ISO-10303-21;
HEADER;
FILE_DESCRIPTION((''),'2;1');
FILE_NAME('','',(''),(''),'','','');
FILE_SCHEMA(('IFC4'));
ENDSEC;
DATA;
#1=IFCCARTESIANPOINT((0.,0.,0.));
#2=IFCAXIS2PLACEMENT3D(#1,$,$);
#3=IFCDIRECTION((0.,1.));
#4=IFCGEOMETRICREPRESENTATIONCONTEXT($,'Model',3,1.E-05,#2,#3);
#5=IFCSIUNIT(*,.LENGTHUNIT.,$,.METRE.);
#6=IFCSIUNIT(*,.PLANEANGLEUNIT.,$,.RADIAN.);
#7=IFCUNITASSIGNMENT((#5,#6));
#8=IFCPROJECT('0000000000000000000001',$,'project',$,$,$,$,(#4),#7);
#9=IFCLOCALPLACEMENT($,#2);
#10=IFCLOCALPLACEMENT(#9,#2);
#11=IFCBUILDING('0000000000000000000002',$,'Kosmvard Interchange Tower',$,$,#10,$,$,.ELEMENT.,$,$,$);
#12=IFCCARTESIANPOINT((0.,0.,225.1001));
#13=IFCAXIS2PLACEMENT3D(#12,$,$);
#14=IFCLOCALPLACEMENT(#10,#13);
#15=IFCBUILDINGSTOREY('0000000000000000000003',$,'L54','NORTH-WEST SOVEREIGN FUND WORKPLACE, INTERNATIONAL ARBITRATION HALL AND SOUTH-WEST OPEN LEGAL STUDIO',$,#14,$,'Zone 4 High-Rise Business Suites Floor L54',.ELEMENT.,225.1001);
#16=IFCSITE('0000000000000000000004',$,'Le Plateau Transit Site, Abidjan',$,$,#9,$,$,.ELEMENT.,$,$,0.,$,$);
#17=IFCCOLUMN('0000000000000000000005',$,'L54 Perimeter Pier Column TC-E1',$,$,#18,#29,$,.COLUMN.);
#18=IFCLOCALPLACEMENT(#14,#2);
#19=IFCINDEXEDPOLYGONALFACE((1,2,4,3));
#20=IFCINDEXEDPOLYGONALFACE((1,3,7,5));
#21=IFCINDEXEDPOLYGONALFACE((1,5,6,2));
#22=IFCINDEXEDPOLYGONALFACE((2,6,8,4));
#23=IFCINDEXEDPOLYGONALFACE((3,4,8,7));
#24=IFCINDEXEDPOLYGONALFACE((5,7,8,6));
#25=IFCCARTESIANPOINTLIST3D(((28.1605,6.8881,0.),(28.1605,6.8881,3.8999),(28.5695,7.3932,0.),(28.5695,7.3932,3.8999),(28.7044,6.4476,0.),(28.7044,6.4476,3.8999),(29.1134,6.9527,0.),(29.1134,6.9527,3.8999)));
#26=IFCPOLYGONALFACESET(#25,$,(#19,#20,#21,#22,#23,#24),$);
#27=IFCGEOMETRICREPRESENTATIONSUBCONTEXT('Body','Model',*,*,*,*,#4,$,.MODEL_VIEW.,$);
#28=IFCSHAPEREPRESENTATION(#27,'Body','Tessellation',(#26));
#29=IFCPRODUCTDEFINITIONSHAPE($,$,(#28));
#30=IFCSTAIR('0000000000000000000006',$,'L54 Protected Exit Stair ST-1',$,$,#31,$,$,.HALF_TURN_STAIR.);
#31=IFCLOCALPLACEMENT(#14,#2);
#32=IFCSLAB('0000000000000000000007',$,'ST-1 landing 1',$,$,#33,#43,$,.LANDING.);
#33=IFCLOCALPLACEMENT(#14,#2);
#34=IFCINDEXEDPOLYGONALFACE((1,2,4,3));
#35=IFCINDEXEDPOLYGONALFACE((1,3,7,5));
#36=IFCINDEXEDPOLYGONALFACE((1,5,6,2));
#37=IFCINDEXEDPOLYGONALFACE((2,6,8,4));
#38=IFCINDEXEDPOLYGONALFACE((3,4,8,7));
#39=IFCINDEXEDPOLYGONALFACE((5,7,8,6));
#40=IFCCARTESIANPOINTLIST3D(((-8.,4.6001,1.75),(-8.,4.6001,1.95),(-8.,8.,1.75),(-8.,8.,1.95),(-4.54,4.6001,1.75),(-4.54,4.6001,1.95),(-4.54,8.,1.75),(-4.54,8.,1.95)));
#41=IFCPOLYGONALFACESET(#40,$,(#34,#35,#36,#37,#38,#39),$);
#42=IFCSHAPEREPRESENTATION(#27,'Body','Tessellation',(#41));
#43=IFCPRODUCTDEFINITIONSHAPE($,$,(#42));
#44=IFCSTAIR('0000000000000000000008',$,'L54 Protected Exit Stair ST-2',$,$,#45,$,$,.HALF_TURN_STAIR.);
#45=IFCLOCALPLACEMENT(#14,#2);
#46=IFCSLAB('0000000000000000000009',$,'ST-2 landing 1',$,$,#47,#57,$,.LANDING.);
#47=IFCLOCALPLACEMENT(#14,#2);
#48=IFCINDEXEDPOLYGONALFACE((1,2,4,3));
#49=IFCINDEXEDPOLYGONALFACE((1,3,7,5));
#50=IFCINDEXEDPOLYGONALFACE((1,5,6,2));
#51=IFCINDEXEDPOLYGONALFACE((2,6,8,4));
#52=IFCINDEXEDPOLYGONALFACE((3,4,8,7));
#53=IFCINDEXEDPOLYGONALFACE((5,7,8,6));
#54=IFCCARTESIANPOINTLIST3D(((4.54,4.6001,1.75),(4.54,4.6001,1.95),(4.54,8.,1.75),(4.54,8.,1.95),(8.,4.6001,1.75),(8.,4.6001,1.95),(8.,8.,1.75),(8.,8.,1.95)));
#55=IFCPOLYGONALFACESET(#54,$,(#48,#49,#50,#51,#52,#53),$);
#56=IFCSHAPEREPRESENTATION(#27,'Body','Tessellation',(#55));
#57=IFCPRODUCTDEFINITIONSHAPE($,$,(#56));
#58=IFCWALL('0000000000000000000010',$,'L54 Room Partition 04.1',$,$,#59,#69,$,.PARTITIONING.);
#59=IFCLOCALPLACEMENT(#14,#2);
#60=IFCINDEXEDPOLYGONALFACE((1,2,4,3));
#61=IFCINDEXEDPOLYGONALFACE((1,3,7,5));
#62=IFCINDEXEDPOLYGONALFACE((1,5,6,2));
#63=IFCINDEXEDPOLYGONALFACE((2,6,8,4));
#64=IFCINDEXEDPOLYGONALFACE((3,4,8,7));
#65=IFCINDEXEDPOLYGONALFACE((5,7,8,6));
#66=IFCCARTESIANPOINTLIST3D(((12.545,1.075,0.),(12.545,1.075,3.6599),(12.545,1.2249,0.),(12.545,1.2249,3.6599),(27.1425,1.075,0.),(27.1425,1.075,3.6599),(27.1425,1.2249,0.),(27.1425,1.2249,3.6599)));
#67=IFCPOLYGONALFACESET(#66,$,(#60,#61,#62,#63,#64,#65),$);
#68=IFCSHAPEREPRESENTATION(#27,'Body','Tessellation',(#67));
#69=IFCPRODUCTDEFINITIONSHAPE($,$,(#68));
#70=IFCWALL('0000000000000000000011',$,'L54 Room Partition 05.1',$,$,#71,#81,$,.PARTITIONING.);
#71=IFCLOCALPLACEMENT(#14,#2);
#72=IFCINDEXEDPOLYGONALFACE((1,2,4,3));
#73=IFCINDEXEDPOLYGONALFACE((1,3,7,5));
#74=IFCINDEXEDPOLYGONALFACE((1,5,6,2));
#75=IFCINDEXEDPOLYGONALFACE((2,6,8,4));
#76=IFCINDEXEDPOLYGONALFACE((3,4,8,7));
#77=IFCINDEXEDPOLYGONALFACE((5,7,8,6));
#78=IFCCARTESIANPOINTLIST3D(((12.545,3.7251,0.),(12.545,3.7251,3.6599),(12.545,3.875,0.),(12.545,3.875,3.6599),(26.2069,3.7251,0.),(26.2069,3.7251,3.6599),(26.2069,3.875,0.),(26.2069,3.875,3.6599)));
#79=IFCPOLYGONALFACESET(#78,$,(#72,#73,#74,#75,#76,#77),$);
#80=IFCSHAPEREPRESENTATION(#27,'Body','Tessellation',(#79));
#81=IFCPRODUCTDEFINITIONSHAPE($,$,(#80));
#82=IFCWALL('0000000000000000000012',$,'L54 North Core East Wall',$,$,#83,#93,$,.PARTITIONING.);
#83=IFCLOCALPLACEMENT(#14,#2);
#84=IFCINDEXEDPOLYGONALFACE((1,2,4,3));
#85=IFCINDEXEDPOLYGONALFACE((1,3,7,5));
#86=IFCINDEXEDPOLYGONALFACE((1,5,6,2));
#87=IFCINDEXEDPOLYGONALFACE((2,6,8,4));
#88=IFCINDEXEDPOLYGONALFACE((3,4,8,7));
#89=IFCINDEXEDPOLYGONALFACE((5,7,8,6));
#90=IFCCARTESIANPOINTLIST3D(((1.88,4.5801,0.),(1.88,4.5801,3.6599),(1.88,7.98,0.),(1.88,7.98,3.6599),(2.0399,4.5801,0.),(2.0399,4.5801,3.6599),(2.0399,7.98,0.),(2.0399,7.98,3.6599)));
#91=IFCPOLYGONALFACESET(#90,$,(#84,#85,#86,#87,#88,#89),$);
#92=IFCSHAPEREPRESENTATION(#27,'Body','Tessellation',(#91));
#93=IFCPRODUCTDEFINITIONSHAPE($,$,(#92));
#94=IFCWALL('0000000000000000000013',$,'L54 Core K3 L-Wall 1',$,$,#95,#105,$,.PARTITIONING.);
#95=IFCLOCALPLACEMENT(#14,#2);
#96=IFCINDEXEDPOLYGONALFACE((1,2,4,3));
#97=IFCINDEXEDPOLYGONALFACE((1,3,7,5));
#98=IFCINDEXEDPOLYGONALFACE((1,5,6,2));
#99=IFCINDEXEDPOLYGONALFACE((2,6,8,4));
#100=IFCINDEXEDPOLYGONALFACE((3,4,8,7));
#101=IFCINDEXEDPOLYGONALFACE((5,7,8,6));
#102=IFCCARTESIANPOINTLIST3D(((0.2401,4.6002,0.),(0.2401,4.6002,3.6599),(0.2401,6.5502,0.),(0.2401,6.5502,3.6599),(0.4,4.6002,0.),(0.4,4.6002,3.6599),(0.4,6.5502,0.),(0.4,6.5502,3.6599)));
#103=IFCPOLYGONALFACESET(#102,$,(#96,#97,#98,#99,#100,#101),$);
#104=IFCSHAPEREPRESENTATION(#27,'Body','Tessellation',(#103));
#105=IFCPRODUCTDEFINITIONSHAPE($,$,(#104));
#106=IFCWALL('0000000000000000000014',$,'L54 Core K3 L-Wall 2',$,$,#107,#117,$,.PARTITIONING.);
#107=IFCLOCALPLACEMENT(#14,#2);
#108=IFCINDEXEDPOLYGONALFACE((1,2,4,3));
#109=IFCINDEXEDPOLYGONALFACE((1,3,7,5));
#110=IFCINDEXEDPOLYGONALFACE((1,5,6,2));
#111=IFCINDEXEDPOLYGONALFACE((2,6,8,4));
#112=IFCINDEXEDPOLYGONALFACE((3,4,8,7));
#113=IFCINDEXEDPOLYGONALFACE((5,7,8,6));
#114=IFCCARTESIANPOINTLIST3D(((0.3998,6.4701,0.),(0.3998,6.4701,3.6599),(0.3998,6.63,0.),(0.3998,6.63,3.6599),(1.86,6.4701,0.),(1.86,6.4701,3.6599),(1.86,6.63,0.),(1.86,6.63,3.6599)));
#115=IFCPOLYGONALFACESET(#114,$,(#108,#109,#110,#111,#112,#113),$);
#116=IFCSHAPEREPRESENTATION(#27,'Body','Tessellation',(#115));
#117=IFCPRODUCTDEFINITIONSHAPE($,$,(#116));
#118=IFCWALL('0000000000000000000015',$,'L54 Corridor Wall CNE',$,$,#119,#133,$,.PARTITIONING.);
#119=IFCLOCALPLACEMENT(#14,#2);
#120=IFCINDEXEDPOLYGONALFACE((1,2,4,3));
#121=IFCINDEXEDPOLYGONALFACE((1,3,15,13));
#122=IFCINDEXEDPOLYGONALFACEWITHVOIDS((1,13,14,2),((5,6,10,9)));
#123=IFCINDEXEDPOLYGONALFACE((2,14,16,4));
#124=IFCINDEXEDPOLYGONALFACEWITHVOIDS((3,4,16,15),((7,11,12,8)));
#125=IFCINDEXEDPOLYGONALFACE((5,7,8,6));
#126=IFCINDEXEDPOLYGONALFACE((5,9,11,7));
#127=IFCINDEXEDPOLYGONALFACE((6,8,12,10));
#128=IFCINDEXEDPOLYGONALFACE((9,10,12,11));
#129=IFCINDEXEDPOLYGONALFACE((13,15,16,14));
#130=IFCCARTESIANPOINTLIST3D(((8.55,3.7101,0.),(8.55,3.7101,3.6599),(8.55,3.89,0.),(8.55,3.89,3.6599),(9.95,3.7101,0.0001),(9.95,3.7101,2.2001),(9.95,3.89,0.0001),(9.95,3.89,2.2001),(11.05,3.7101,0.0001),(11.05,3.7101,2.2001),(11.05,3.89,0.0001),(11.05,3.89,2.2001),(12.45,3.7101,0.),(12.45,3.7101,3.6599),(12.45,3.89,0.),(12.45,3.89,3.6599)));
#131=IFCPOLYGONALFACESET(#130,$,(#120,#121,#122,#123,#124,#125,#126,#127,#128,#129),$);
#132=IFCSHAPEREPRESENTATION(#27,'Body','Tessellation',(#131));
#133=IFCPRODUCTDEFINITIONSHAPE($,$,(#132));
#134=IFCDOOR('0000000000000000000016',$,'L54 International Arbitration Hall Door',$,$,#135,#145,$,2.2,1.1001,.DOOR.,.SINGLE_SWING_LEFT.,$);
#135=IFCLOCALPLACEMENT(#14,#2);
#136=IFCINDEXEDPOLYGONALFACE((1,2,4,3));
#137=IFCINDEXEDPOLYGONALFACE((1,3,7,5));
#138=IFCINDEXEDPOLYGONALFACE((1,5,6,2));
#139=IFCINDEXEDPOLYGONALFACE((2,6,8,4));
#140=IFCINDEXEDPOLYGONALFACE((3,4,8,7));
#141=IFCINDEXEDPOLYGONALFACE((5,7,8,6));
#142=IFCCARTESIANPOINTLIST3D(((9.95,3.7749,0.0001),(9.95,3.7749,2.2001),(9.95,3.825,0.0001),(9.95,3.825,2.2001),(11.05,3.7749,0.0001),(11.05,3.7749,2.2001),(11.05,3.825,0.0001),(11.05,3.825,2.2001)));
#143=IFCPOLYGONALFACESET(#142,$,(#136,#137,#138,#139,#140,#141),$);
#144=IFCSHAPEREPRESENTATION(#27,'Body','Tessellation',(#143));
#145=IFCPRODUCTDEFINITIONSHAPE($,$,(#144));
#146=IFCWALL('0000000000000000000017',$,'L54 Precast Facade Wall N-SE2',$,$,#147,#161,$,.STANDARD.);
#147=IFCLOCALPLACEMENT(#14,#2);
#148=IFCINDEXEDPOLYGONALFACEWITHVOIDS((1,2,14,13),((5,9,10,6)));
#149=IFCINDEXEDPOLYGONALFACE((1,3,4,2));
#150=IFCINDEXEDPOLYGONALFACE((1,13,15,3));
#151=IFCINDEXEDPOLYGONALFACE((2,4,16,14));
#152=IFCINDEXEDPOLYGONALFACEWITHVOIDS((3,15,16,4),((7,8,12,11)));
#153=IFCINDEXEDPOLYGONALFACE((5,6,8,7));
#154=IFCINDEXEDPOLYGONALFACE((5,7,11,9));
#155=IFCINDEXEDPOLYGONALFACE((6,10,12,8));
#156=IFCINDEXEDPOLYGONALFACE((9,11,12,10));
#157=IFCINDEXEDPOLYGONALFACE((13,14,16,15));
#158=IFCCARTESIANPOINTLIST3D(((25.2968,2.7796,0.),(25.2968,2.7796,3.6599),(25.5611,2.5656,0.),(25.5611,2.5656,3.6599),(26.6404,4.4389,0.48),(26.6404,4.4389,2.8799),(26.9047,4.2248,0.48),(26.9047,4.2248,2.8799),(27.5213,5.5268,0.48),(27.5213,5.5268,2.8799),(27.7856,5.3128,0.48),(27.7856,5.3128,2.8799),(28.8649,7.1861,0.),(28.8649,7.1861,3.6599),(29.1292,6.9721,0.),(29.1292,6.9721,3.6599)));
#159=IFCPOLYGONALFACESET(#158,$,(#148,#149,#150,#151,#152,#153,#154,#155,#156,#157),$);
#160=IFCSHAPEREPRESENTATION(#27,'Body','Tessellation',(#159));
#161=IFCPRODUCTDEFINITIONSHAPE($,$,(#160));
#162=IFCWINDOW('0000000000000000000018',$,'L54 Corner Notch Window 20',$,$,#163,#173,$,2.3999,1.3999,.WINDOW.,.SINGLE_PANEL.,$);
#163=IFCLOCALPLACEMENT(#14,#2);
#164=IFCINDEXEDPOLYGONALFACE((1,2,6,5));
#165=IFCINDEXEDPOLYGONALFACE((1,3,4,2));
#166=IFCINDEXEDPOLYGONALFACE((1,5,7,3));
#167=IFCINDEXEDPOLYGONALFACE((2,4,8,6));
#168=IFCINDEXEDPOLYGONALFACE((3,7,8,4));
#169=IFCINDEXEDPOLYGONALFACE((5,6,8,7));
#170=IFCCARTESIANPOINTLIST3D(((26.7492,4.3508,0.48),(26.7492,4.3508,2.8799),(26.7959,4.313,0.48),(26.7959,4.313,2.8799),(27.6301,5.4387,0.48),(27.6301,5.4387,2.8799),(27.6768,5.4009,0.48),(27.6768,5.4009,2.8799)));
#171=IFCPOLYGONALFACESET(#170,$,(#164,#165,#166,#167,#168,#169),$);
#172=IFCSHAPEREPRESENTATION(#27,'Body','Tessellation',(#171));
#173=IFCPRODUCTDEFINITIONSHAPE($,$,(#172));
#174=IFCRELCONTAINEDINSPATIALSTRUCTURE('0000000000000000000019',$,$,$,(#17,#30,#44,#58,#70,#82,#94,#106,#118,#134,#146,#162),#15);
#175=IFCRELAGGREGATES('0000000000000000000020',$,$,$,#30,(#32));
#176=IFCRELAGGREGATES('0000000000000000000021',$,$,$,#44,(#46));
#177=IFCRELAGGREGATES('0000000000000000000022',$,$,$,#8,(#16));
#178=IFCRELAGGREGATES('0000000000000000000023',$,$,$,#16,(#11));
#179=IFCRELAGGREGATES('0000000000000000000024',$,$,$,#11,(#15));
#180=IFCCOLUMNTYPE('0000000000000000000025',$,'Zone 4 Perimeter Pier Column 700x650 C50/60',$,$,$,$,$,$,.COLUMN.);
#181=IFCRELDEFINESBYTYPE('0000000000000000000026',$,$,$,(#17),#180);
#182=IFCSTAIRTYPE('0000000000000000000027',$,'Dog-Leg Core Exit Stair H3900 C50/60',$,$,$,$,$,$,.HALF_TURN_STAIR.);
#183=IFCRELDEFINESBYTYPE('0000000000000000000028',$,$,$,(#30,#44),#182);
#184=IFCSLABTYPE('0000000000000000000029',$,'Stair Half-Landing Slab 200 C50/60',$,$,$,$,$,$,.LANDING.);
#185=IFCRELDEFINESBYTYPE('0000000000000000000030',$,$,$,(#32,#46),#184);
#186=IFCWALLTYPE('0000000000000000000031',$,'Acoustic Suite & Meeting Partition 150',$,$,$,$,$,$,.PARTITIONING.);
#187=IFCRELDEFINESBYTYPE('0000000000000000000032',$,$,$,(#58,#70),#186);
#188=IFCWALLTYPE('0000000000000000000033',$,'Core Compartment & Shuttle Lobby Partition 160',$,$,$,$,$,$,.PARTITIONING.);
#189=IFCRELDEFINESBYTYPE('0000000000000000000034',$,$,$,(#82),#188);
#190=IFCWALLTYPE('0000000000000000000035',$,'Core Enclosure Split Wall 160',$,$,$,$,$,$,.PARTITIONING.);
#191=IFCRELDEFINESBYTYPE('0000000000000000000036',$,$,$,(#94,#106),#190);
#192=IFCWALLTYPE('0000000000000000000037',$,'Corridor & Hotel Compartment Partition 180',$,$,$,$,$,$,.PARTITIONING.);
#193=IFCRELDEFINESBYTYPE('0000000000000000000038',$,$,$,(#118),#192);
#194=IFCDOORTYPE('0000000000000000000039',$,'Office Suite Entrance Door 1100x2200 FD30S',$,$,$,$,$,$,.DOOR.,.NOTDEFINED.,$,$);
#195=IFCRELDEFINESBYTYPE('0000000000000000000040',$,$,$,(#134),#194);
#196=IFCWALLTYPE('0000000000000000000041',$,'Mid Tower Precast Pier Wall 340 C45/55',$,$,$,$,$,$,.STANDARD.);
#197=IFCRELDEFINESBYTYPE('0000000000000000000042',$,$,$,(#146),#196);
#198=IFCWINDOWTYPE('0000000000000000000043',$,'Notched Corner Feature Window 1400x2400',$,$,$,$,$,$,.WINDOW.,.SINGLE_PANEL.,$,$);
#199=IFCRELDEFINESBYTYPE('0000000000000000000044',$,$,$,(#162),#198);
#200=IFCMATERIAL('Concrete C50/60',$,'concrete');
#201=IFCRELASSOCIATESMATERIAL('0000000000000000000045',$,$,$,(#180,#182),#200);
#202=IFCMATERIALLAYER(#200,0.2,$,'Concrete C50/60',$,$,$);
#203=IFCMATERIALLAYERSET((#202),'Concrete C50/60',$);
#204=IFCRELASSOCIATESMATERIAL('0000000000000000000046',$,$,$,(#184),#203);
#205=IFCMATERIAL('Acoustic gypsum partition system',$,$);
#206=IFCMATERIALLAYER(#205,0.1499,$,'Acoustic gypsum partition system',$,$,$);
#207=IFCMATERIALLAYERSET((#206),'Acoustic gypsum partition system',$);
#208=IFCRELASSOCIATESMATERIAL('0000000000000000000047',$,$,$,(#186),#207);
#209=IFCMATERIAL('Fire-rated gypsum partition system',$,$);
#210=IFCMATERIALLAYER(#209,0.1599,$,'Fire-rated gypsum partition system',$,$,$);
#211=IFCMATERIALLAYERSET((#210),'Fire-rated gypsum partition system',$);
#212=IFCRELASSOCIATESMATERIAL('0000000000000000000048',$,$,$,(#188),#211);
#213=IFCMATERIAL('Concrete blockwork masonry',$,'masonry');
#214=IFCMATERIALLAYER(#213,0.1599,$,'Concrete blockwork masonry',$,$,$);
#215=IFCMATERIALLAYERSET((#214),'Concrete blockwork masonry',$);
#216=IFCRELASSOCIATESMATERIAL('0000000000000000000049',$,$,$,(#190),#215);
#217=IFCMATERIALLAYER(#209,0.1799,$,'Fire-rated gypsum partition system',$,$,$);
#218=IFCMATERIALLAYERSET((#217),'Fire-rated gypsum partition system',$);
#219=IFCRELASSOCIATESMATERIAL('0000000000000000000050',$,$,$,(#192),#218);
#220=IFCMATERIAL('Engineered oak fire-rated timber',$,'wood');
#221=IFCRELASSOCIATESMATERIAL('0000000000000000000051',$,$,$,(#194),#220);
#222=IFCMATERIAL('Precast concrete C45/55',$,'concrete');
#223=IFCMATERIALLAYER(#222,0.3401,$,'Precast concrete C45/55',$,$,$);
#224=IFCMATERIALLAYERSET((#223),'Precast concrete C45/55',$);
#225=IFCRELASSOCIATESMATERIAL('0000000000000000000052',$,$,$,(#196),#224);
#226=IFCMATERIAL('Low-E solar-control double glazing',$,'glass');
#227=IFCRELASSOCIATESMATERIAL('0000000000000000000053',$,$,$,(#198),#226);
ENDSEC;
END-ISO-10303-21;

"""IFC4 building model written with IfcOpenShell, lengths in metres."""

from ifc_helpers import new_model, si_unit, direction, frame, frame_2d, origin, origin_2d, place, context, subcontext, project, spatial, polyline, rectangle, outline, extrude, source, transform, mapped, material, layer, layer_set, material_profile, profile_set, type_object, element, fill, aggregate, save


model = new_model("IFC4")

# Units and contexts
model_context = context("Model", 3, precision=1e-05, world=origin(), true_north=direction((0.0, 1.0)))
body_context = subcontext(model_context, "Body", "Model", "MODEL_VIEW")
ifc_project = project(units=[si_unit("LENGTHUNIT", "METRE"), si_unit("PLANEANGLEUNIT", "RADIAN")], contexts=[model_context])

# Site, building, storey
site_placement = place(None, origin())
site = spatial("IfcSite", under=ifc_project, at=site_placement, Name="Le Plateau Transit Site, Abidjan", CompositionType="ELEMENT", RefElevation=0.0)
building_placement = place(site_placement, origin())
building = spatial("IfcBuilding", under=site, at=building_placement, Name="Kosmvard Interchange Tower", CompositionType="ELEMENT")
storey_placement = place(building_placement, frame((0.0, 0.0, 225.1001)))
storey = spatial("IfcBuildingStorey", under=building, at=storey_placement, Name="L54", Description="NORTH-WEST SOVEREIGN FUND WORKPLACE, INTERNATIONAL ARBITRATION HALL AND SOUTH-WEST OPEN LEGAL STUDIO", LongName="Zone 4 High-Rise Business Suites Floor L54", CompositionType="ELEMENT", Elevation=225.1001)

# Column
ifc_material_1 = material(Name="Concrete C50/60", Category="concrete")
ifc_material_profile = material_profile(ifc_material_1, rectangle(XDim=0.6499, YDim=0.7, at=origin_2d()), Name="TC 700x650")
ifc_profile_set = profile_set([ifc_material_profile], Name="Concrete C50/60")
column_type = type_object("IfcColumnType", Name="Zone 4 Perimeter Pier Column 700x650 C50/60", PredefinedType="COLUMN", material=ifc_profile_set)
shared_shape_1 = source(origin(), body_context, "Body", "SweptSolid", [
    extrude(rectangle(XDim=0.6499, YDim=0.7, at=origin_2d()), origin(), (0.0, 0.0, 1.0), 3.8999),
])
column_placement = place(storey_placement, frame((28.637, 6.9204, 0.0), z_axis=(0.0, 0.0, 1.0), x_axis=(0.62932, 0.777146, 0.0)))
element("IfcColumn", 1, at=column_placement, inside=storey, type_object=column_type, Name="L54 Perimeter Pier Column TC-E1", PredefinedType="COLUMN", context=body_context, shape_type="MappedRepresentation", body=[
    mapped(shared_shape_1, transform((0.0, 0.0, 0.0), scale=1.0)),
])

# Stairs, slabs
stair_type = type_object("IfcStairType", Name="Dog-Leg Core Exit Stair H3900 C50/60", PredefinedType="HALF_TURN_STAIR", material=ifc_material_1)
stair_1_placement = place(storey_placement, origin())
stair_1 = element("IfcStair", 2, at=stair_1_placement, inside=storey, type_object=stair_type, Name="L54 Protected Exit Stair ST-1", PredefinedType="HALF_TURN_STAIR")
ifc_layer_1 = layer(ifc_material_1, 0.2, Name="Concrete C50/60")
ifc_layer_set_1 = layer_set([ifc_layer_1], Name="Concrete C50/60")
slab_type = type_object("IfcSlabType", Name="Stair Half-Landing Slab 200 C50/60", PredefinedType="LANDING", material=ifc_layer_set_1)
slab_1_placement = place(storey_placement, frame((0.0, 0.0, 1.75)))
slab_1 = element("IfcSlab", 3, at=slab_1_placement, type_object=slab_type, Name="ST-1 landing 1", PredefinedType="LANDING", context=body_context, shape_type="SweptSolid", body=[
    extrude(outline(polyline([(-4.54, 4.6001), (-4.54, 8.0), (-8.0, 8.0), (-8.0, 4.6001), (-4.54, 4.6001)])), origin(), (0.0, 0.0, 1.0), 0.2),
])
aggregate(stair_1, [slab_1])
stair_2_placement = place(storey_placement, origin())
stair_2 = element("IfcStair", 4, at=stair_2_placement, inside=storey, type_object=stair_type, Name="L54 Protected Exit Stair ST-2", PredefinedType="HALF_TURN_STAIR")
slab_2_placement = place(storey_placement, frame((0.0, 0.0, 1.75)))
slab_2 = element("IfcSlab", 5, at=slab_2_placement, type_object=slab_type, Name="ST-2 landing 1", PredefinedType="LANDING", context=body_context, shape_type="SweptSolid", body=[
    extrude(outline(polyline([(8.0, 4.6001), (8.0, 8.0), (4.54, 8.0), (4.54, 4.6001), (8.0, 4.6001)])), origin(), (0.0, 0.0, 1.0), 0.2),
])

# Walls
ifc_material_2 = material(Name="Acoustic gypsum partition system")
ifc_layer_2 = layer(ifc_material_2, 0.1499, Name="Acoustic gypsum partition system")
ifc_layer_set_2 = layer_set([ifc_layer_2], Name="Acoustic gypsum partition system")
wall_type_1 = type_object("IfcWallType", Name="Acoustic Suite & Meeting Partition 150", PredefinedType="PARTITIONING", material=ifc_layer_set_2)
wall_1_placement = place(storey_placement, frame((12.5449, 1.1499, 0.0), z_axis=(0.0, 0.0, 1.0), x_axis=(1.0, 0.0, 0.0)))
element("IfcWall", 6, at=wall_1_placement, inside=storey, type_object=wall_type_1, Name="L54 Room Partition 04.1", PredefinedType="PARTITIONING", context=body_context, shape_type="SweptSolid", body=[
    extrude(rectangle(XDim=14.5974, YDim=0.1499, at=frame_2d((7.2988, 0.0))), origin(), (0.0, 0.0, 1.0), 3.6599),
])
wall_2_placement = place(storey_placement, frame((12.5449, 3.8, 0.0), z_axis=(0.0, 0.0, 1.0), x_axis=(1.0, 0.0, 0.0)))
element("IfcWall", 7, at=wall_2_placement, inside=storey, type_object=wall_type_1, Name="L54 Room Partition 05.1", PredefinedType="PARTITIONING", context=body_context, shape_type="SweptSolid", body=[
    extrude(rectangle(XDim=13.6619, YDim=0.1499, at=frame_2d((6.8311, 0.0))), origin(), (0.0, 0.0, 1.0), 3.6599),
])
ifc_material_3 = material(Name="Fire-rated gypsum partition system")
ifc_layer_3 = layer(ifc_material_3, 0.1599, Name="Fire-rated gypsum partition system")
ifc_layer_set_3 = layer_set([ifc_layer_3], Name="Fire-rated gypsum partition system")
wall_type_2 = type_object("IfcWallType", Name="Core Compartment & Shuttle Lobby Partition 160", PredefinedType="PARTITIONING", material=ifc_layer_set_3)
wall_3_placement = place(storey_placement, frame((1.96, 4.5801, 0.0), z_axis=(0.0, 0.0, 1.0), x_axis=(0.0, 1.0, 0.0)))
element("IfcWall", 8, at=wall_3_placement, inside=storey, type_object=wall_type_2, Name="L54 North Core East Wall", PredefinedType="PARTITIONING", context=body_context, shape_type="SweptSolid", body=[
    extrude(rectangle(XDim=3.3999, YDim=0.1599, at=frame_2d((1.7, 0.0))), origin(), (0.0, 0.0, 1.0), 3.6599),
])
ifc_material_4 = material(Name="Concrete blockwork masonry", Category="masonry")
ifc_layer_4 = layer(ifc_material_4, 0.1599, Name="Concrete blockwork masonry")
ifc_layer_set_4 = layer_set([ifc_layer_4], Name="Concrete blockwork masonry")
wall_type_3 = type_object("IfcWallType", Name="Core Enclosure Split Wall 160", PredefinedType="PARTITIONING", material=ifc_layer_set_4)
wall_4_placement = place(storey_placement, frame((0.3201, 4.6001, 0.0), z_axis=(0.0, 0.0, 1.0), x_axis=(0.0, 1.0, 0.0)))
element("IfcWall", 9, at=wall_4_placement, inside=storey, type_object=wall_type_3, Name="L54 Core K3 L-Wall 1", PredefinedType="PARTITIONING", context=body_context, shape_type="SweptSolid", body=[
    extrude(rectangle(XDim=1.95, YDim=0.1599, at=frame_2d((0.9751, 0.0))), origin(), (0.0, 0.0, 1.0), 3.6599),
])
wall_5_placement = place(storey_placement, frame((0.3999, 6.55, 0.0), z_axis=(0.0, 0.0, 1.0), x_axis=(1.0, 0.0, 0.0)))
element("IfcWall", 10, at=wall_5_placement, inside=storey, type_object=wall_type_3, Name="L54 Core K3 L-Wall 2", PredefinedType="PARTITIONING", context=body_context, shape_type="SweptSolid", body=[
    extrude(rectangle(XDim=1.4602, YDim=0.1599, at=frame_2d((0.73, 0.0))), origin(), (0.0, 0.0, 1.0), 3.6599),
])

# Wall, opening, door
ifc_layer_5 = layer(ifc_material_3, 0.1799, Name="Fire-rated gypsum partition system")
ifc_layer_set_5 = layer_set([ifc_layer_5], Name="Fire-rated gypsum partition system")
wall_type_4 = type_object("IfcWallType", Name="Corridor & Hotel Compartment Partition 180", PredefinedType="PARTITIONING", material=ifc_layer_set_5)
wall_6_placement = place(storey_placement, frame((8.55, 3.8, 0.0), z_axis=(0.0, 0.0, 1.0), x_axis=(1.0, 0.0, 0.0)))
wall_6 = element("IfcWall", 11, at=wall_6_placement, inside=storey, type_object=wall_type_4, Name="L54 Corridor Wall CNE", PredefinedType="PARTITIONING", context=body_context, shape_type="SweptSolid", body=[
    extrude(rectangle(XDim=3.8999, YDim=0.1799, at=frame_2d((1.95, 0.0))), origin(), (0.0, 0.0, 1.0), 3.6599),
])
opening_1_placement = place(wall_6_placement, frame((1.3999, 0.0, 0.0)))
opening_1 = element("IfcOpeningElement", 12, at=opening_1_placement, cuts=wall_6, PredefinedType="OPENING", context=body_context, shape_type="SweptSolid", body=[
    extrude(rectangle(XDim=1.1001, YDim=2.2, at=frame_2d((0.55, 1.1001))), frame((0.0, 0.1001, 0.0), z_axis=(0.0, -1.0, 0.0), x_axis=(1.0, 0.0, 0.0)), (0.0, 0.0, 1.0), 0.2),
])
ifc_material_5 = material(Name="Engineered oak fire-rated timber", Category="wood")
door_type_1 = type_object("IfcDoorType", Name="Office Suite Entrance Door 1100x2200 FD30S", OperationType="NOTDEFINED", PredefinedType="DOOR", material=ifc_material_5)
shared_shape_2 = source(origin(), body_context, "Body", "SweptSolid", [
    extrude(rectangle(XDim=1.1001, YDim=2.2, at=frame_2d((0.55, 1.1001))), frame((0.0, 0.0249, 0.0), z_axis=(0.0, -1.0, 0.0), x_axis=(1.0, 0.0, 0.0)), (0.0, 0.0, 1.0), 0.05),
])
door_1_placement = place(opening_1_placement, origin())
door_1 = element("IfcDoor", 13, at=door_1_placement, inside=storey, type_object=door_type_1, Name="L54 International Arbitration Hall Door", OperationType="SINGLE_SWING_LEFT", OverallHeight=2.2, OverallWidth=1.1001, PredefinedType="DOOR", context=body_context, shape_type="MappedRepresentation", body=[
    mapped(shared_shape_2, transform((0.0, 0.0, 0.0), scale=1.0)),
])
fill(opening_1, door_1)

# Wall, opening, window
ifc_material_6 = material(Name="Precast concrete C45/55", Category="concrete")
ifc_layer_6 = layer(ifc_material_6, 0.3401, Name="Precast concrete C45/55")
ifc_layer_set_6 = layer_set([ifc_layer_6], Name="Precast concrete C45/55")
wall_type_5 = type_object("IfcWallType", Name="Mid Tower Precast Pier Wall 340 C45/55", PredefinedType="STANDARD", material=ifc_layer_set_6)
wall_7_placement = place(storey_placement, frame((25.429, 2.6726, 0.0), z_axis=(0.0, 0.0, 1.0), x_axis=(0.6293, 0.777163, 0.0)))
wall_7 = element("IfcWall", 14, at=wall_7_placement, inside=storey, type_object=wall_type_5, Name="L54 Precast Facade Wall N-SE2", PredefinedType="STANDARD", context=body_context, shape_type="SweptSolid", body=[
    extrude(rectangle(XDim=5.6699, YDim=0.3401, at=frame_2d((2.835, 0.0))), origin(), (0.0, 0.0, 1.0), 3.6599),
])
opening_2_placement = place(wall_7_placement, frame((2.135, 0.0, 0.48)))
opening_2 = element("IfcOpeningElement", 15, at=opening_2_placement, cuts=wall_7, PredefinedType="OPENING", context=body_context, shape_type="SweptSolid", body=[
    extrude(rectangle(XDim=1.3999, YDim=2.3999, at=frame_2d((0.7, 1.2))), frame((0.0, 0.1802, 0.0), z_axis=(0.0, -1.0, 0.0), x_axis=(1.0, 0.0, 0.0)), (0.0, 0.0, 1.0), 0.3601),
])
ifc_material_7 = material(Name="Low-E solar-control double glazing", Category="glass")
window_type_1 = type_object("IfcWindowType", Name="Notched Corner Feature Window 1400x2400", PartitioningType="SINGLE_PANEL", PredefinedType="WINDOW", material=ifc_material_7)
shared_shape_3 = source(origin(), body_context, "Body", "SweptSolid", [
    extrude(rectangle(XDim=1.3999, YDim=2.3999, at=frame_2d((0.7, 1.2))), frame((0.0, 0.03, 0.0), z_axis=(0.0, -1.0, 0.0), x_axis=(1.0, 0.0, 0.0)), (0.0, 0.0, 1.0), 0.0601),
])
window_1_placement = place(opening_2_placement, origin())
window_1 = element("IfcWindow", 16, at=window_1_placement, inside=storey, type_object=window_type_1, Name="L54 Corner Notch Window 20", OverallHeight=2.3999, OverallWidth=1.3999, PartitioningType="SINGLE_PANEL", PredefinedType="WINDOW", context=body_context, shape_type="MappedRepresentation", body=[
    mapped(shared_shape_3, transform((0.0, 0.0, 0.0), scale=1.0)),
])
fill(opening_2, window_1)

aggregate(stair_2, [slab_2])

save(model, "model.ifc")
